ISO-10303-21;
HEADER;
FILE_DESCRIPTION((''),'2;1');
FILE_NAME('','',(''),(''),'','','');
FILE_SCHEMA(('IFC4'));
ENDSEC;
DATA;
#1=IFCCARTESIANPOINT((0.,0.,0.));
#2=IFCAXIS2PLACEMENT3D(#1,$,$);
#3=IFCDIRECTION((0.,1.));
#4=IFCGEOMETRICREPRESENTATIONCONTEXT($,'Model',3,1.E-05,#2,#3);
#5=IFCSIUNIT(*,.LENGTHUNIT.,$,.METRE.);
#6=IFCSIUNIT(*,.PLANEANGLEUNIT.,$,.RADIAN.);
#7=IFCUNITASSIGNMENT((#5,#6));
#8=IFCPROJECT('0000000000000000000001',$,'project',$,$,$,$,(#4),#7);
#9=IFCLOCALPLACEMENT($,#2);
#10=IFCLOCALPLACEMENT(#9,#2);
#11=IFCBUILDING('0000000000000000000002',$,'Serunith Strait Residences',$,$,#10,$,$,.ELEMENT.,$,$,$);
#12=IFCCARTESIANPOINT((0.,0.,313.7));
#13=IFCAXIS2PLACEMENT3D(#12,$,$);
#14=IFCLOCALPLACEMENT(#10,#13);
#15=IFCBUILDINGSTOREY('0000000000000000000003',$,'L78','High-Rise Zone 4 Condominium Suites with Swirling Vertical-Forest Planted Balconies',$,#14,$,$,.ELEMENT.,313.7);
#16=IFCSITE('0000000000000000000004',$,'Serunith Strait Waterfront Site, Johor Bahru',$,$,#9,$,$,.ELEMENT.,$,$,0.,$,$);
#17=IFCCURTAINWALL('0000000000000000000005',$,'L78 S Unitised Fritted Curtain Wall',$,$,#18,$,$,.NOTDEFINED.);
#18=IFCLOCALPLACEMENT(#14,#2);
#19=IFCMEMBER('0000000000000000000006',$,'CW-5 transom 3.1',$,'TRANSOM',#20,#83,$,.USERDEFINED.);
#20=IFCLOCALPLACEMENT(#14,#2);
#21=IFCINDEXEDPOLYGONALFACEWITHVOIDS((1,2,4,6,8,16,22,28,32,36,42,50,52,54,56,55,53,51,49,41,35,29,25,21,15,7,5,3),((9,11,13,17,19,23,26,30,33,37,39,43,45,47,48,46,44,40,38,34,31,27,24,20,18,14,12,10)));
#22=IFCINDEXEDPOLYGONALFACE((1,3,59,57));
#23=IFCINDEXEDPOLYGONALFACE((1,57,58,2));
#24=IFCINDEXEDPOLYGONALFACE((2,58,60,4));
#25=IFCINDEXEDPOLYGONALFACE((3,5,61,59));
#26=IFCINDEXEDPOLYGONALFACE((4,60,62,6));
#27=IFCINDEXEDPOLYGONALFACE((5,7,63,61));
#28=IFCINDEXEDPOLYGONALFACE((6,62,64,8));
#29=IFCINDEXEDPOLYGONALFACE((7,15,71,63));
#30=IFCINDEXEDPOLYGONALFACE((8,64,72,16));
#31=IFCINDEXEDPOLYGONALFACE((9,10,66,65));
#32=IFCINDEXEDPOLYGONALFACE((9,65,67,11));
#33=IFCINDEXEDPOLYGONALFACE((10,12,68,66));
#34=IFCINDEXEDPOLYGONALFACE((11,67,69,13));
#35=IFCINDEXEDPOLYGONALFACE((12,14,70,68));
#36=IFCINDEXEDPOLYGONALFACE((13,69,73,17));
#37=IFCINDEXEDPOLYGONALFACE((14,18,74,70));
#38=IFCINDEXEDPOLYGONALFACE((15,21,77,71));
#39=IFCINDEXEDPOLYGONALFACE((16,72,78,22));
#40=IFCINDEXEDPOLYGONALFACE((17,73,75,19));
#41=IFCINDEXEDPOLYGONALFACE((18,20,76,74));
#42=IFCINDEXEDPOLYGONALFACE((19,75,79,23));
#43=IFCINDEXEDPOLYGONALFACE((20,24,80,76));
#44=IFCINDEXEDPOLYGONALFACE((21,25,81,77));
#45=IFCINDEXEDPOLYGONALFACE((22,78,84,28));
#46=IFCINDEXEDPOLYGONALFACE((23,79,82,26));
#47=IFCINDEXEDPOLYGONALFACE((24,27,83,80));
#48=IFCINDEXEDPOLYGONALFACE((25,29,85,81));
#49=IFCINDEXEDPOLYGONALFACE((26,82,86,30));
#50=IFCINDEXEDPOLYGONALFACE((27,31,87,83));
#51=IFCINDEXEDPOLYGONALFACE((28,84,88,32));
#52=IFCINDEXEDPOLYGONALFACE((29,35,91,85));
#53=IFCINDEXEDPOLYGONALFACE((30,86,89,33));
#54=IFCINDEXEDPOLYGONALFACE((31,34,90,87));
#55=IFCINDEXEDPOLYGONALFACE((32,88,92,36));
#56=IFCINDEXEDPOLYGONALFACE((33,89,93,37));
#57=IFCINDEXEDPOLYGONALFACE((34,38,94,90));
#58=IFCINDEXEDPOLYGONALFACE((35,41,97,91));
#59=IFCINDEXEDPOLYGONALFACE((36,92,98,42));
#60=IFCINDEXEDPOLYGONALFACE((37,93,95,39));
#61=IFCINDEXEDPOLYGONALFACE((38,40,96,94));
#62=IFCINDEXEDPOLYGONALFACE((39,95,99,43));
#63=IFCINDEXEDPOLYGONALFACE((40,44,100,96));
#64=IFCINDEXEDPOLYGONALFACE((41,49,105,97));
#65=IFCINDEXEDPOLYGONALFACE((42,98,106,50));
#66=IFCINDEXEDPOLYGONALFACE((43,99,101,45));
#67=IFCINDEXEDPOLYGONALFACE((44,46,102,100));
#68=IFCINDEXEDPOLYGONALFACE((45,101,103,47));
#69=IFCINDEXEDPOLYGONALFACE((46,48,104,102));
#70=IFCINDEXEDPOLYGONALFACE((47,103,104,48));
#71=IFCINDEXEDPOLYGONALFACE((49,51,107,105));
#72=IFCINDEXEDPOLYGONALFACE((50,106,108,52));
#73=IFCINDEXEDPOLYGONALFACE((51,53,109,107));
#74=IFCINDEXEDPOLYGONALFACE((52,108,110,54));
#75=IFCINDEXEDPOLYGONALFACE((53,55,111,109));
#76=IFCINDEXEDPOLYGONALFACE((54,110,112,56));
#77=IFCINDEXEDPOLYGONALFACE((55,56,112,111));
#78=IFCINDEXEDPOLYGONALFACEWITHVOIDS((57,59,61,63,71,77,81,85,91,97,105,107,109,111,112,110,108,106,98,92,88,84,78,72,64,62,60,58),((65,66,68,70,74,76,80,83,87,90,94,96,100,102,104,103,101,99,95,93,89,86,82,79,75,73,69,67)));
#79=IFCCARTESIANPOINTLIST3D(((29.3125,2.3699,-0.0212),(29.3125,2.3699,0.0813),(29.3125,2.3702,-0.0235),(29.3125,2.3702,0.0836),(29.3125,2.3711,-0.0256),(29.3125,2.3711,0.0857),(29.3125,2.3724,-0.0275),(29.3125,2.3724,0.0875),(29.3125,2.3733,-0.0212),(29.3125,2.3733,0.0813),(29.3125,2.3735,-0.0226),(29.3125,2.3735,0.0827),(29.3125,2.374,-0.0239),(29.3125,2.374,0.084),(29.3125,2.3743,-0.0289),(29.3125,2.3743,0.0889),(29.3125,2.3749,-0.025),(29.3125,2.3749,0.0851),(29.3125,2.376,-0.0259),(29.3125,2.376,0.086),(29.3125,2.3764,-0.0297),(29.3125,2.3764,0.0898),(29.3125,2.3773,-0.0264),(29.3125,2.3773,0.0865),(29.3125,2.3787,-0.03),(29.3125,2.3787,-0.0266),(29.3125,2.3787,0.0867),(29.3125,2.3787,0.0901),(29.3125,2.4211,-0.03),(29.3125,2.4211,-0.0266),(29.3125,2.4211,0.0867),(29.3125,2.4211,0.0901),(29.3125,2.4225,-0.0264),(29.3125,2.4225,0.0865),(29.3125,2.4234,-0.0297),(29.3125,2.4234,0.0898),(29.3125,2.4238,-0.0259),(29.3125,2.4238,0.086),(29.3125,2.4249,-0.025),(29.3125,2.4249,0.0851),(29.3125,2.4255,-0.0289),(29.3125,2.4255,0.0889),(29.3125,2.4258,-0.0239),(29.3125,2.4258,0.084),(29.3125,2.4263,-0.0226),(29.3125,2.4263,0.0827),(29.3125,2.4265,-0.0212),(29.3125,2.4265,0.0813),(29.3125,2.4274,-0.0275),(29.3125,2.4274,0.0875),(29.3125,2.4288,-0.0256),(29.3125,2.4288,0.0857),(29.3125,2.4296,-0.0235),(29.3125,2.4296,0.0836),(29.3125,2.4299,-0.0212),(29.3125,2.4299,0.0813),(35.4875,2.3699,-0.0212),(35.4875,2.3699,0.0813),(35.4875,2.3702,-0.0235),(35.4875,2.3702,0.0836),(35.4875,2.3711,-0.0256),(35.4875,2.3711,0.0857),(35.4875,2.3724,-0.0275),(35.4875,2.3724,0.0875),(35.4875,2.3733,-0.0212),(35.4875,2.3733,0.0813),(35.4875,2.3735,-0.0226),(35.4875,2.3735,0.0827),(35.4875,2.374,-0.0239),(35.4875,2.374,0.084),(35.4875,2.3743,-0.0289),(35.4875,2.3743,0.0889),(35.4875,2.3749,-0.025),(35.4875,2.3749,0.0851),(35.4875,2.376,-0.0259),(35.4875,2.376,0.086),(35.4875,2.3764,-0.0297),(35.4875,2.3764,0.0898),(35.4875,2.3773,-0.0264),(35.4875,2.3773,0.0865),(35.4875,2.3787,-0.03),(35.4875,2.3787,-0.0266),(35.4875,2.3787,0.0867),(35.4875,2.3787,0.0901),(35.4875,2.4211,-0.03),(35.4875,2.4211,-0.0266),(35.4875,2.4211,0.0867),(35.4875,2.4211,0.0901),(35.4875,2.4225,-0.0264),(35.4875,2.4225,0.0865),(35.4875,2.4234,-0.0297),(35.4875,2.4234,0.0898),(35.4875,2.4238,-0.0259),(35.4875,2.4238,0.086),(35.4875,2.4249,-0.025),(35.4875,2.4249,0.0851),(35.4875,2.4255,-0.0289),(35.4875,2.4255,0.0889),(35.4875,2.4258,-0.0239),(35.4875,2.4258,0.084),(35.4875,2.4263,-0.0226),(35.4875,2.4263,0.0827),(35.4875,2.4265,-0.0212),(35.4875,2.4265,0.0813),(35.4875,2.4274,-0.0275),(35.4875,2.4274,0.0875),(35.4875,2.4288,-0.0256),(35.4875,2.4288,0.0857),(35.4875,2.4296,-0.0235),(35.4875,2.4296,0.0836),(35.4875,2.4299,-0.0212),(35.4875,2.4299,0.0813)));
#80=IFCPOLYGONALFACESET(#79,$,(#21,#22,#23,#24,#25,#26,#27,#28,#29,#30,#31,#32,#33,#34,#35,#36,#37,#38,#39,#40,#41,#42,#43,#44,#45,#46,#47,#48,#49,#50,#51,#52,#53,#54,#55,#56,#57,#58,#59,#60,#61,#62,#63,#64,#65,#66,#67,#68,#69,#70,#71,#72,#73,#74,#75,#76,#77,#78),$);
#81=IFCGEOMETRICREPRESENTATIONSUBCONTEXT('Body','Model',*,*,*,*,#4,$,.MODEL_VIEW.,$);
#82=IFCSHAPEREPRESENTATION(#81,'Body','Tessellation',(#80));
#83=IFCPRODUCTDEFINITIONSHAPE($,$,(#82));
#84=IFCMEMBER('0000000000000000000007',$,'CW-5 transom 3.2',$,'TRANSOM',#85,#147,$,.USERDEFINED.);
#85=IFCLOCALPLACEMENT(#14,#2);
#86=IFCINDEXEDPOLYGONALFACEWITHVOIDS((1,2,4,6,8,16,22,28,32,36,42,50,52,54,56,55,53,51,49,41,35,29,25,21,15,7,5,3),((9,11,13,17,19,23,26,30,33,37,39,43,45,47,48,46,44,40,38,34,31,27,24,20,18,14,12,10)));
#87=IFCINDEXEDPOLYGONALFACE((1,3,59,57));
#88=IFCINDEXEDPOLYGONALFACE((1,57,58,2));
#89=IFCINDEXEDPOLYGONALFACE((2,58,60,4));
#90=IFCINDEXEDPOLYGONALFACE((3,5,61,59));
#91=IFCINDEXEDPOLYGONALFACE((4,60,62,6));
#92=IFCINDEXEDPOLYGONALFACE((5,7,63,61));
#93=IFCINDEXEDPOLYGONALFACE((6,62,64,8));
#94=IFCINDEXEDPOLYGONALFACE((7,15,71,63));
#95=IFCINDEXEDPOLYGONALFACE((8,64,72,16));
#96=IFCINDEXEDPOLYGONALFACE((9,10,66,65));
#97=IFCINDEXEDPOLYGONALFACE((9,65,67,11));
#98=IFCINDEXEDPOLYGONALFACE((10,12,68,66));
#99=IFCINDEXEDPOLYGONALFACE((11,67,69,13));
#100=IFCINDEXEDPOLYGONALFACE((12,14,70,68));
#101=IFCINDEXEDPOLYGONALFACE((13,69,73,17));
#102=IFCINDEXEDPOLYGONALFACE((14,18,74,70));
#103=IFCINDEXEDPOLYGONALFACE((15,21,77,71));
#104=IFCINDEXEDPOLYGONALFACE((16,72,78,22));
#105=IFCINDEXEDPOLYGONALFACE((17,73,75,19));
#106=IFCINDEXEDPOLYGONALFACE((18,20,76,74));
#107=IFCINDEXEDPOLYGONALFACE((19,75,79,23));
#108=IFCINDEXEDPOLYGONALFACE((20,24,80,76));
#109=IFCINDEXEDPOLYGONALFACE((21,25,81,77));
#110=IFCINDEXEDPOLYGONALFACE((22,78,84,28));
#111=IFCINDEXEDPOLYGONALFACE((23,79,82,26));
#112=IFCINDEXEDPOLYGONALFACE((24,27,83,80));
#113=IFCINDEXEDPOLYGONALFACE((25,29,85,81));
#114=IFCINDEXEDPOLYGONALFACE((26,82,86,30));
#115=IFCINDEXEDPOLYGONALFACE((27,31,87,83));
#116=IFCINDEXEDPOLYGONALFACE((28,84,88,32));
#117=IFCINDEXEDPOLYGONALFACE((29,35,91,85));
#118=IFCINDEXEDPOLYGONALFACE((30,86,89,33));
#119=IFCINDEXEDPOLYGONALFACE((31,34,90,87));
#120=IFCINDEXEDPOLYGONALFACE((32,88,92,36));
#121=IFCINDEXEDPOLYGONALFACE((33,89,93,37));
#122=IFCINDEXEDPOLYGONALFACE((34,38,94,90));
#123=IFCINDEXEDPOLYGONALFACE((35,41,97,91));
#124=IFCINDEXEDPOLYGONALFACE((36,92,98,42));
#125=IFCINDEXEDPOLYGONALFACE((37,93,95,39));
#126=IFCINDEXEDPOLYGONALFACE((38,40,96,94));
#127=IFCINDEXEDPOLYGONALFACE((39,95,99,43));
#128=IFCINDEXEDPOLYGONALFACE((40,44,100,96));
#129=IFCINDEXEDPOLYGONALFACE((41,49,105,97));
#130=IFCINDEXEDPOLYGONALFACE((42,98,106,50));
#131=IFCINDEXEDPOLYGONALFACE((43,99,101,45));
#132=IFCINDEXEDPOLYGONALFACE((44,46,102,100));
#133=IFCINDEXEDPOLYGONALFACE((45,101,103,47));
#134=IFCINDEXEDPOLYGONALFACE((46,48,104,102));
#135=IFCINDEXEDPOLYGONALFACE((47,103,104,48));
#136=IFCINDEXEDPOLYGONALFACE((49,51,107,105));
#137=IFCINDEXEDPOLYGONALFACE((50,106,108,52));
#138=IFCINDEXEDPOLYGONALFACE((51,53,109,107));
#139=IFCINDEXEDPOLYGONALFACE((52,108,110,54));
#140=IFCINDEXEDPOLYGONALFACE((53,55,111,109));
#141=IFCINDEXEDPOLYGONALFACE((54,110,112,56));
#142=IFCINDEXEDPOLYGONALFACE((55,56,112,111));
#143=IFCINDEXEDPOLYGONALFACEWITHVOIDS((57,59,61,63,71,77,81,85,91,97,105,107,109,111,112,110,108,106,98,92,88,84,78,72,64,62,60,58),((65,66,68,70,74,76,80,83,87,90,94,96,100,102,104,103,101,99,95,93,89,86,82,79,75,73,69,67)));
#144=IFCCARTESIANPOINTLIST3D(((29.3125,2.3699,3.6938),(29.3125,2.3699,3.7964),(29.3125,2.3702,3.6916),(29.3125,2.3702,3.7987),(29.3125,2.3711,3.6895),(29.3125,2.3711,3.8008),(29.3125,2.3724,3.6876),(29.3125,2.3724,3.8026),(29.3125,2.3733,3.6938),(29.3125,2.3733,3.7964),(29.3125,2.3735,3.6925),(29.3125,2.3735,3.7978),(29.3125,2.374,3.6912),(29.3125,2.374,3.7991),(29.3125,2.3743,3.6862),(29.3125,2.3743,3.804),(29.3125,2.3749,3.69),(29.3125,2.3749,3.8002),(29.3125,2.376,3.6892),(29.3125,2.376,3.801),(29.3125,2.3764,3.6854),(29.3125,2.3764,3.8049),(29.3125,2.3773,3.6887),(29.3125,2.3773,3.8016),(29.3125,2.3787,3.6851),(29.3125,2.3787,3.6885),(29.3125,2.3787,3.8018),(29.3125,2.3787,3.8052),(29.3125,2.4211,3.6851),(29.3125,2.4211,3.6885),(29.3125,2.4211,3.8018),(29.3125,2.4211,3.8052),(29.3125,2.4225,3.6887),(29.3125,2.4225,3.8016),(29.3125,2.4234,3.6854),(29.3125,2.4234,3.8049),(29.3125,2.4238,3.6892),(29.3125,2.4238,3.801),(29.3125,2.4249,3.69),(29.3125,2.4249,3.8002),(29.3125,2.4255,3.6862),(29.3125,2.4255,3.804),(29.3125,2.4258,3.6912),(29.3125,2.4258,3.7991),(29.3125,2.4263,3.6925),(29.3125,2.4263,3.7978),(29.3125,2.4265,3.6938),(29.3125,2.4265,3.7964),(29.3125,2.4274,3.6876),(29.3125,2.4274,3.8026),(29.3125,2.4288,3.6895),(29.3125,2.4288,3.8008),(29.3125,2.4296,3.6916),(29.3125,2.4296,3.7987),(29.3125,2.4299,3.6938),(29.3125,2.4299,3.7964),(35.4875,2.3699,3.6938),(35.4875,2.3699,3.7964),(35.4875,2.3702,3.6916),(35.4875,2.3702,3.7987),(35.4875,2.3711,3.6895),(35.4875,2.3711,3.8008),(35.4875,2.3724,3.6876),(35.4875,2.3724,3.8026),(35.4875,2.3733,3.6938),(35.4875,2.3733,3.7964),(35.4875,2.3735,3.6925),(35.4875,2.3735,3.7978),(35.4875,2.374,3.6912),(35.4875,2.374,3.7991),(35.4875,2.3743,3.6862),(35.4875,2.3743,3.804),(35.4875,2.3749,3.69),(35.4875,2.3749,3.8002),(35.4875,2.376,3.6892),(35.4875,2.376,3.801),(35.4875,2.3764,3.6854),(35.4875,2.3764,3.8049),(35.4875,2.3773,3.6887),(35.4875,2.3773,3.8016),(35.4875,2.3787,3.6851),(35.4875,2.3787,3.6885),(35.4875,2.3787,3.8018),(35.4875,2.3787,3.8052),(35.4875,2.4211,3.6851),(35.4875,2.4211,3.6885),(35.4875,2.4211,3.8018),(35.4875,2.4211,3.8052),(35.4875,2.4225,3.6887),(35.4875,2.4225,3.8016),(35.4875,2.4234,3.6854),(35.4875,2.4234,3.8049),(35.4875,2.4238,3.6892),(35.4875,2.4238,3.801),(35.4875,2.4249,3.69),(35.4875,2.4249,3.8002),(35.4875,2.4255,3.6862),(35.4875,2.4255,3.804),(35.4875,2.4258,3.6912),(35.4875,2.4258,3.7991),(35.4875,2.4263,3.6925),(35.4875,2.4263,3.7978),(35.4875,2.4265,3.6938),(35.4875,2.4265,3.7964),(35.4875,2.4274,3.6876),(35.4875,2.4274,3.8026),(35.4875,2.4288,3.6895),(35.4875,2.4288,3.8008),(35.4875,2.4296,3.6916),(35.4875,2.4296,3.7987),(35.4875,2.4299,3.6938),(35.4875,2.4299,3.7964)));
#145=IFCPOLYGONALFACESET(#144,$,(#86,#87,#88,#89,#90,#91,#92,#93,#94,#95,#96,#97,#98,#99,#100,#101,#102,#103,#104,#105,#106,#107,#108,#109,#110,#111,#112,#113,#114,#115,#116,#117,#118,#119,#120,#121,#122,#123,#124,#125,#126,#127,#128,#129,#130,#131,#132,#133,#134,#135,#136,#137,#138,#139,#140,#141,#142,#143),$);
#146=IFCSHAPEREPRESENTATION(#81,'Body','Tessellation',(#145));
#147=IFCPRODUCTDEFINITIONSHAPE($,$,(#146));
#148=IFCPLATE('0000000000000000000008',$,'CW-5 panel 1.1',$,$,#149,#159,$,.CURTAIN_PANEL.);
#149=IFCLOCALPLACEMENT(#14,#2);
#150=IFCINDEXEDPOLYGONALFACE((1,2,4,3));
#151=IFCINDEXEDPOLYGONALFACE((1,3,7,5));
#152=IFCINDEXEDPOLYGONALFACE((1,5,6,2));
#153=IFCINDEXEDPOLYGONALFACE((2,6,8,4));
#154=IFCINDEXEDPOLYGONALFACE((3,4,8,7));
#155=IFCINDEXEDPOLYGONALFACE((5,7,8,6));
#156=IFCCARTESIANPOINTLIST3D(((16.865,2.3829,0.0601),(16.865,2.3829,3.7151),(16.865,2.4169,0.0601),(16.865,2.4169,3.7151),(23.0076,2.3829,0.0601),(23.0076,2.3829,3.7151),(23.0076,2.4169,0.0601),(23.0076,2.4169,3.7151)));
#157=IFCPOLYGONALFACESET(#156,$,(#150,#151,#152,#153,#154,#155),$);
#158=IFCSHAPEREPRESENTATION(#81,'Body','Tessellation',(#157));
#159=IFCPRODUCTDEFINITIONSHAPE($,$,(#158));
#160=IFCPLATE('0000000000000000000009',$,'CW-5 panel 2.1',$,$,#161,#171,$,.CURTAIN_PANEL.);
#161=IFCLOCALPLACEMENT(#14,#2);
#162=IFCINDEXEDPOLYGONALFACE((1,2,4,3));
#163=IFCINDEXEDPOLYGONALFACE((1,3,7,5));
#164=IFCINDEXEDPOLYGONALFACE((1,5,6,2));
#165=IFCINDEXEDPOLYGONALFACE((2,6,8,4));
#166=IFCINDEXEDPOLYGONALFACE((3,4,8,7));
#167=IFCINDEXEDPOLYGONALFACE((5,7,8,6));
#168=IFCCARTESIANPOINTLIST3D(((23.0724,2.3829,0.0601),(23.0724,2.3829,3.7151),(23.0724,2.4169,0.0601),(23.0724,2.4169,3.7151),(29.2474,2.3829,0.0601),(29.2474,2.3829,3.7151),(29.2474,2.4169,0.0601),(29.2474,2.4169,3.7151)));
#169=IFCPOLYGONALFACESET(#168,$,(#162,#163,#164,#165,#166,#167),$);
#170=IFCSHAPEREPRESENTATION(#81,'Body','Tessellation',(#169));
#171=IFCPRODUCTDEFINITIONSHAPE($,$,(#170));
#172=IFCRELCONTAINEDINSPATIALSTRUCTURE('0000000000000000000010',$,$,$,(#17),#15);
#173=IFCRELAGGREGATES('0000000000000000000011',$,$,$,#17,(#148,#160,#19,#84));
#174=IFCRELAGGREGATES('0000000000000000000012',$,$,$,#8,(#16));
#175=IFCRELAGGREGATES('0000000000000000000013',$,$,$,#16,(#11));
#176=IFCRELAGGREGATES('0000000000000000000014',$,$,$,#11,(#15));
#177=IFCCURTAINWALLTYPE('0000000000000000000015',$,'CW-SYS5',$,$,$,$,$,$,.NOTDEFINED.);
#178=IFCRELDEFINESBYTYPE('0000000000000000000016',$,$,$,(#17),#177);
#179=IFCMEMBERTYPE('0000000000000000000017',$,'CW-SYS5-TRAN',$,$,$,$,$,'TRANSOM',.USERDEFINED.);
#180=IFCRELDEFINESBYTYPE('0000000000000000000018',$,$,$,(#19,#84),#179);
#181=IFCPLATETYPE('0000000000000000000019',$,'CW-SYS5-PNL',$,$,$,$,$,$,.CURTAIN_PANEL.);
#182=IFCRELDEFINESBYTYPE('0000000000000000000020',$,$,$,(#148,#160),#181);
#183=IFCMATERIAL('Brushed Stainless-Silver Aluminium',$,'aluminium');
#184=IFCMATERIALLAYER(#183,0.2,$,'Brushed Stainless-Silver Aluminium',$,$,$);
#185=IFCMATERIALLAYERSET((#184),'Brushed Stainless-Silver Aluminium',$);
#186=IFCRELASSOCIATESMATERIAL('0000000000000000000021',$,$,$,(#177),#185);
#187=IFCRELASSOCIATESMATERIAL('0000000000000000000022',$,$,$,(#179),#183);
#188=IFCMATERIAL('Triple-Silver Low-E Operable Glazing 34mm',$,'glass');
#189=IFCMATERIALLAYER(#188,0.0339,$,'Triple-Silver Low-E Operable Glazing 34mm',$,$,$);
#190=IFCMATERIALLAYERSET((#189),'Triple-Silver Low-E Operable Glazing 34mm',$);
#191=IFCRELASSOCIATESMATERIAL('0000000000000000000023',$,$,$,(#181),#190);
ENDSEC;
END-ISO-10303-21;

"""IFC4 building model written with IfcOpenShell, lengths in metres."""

from ifc_helpers import new_model, si_unit, direction, frame, origin, origin_2d, place, context, subcontext, project, spatial, rectangle, hollow_rectangle, extrude, source, transform, mapped, material, layer, layer_set, material_profile, profile_set, type_object, element, aggregate, save


model = new_model("IFC4")

# Units and contexts
model_context = context("Model", 3, precision=1e-05, world=origin(), true_north=direction((0.0, 1.0)))
body_context = subcontext(model_context, "Body", "Model", "MODEL_VIEW")
ifc_project = project(units=[si_unit("LENGTHUNIT", "METRE"), si_unit("PLANEANGLEUNIT", "RADIAN")], contexts=[model_context])

# Site, building, storey
site_placement = place(None, origin())
site = spatial("IfcSite", under=ifc_project, at=site_placement, Name="Serunith Strait Waterfront Site, Johor Bahru", CompositionType="ELEMENT", RefElevation=0.0)
building_placement = place(site_placement, origin())
building = spatial("IfcBuilding", under=site, at=building_placement, Name="Serunith Strait Residences", CompositionType="ELEMENT")
storey_placement = place(building_placement, frame((0.0, 0.0, 313.7)))
storey = spatial("IfcBuildingStorey", under=building, at=storey_placement, Name="L78", Description="High-Rise Zone 4 Condominium Suites with Swirling Vertical-Forest Planted Balconies", CompositionType="ELEMENT", Elevation=313.7)

# Curtain wall, members, plates
ifc_material_1 = material(Name="Brushed Stainless-Silver Aluminium", Category="aluminium")
ifc_layer_1 = layer(ifc_material_1, 0.2, Name="Brushed Stainless-Silver Aluminium")
ifc_layer_set_1 = layer_set([ifc_layer_1], Name="Brushed Stainless-Silver Aluminium")
curtain_wall_type = type_object("IfcCurtainWallType", Name="CW-SYS5", PredefinedType="NOTDEFINED", material=ifc_layer_set_1)
curtain_wall_placement = place(storey_placement, origin())
curtain_wall = element("IfcCurtainWall", 1, at=curtain_wall_placement, inside=storey, type_object=curtain_wall_type, Name="L78 S Unitised Fritted Curtain Wall", PredefinedType="NOTDEFINED")
ifc_material_profile_1 = material_profile(ifc_material_1, hollow_rectangle(XDim=0.0601, YDim=0.1201, WallThickness=0.0034, InnerFilletRadius=0.0054, OuterFilletRadius=0.0088, at=origin_2d()), Name="ALU 120x60x3.5")
ifc_profile_set_1 = profile_set([ifc_material_profile_1], Name="Brushed Stainless-Silver Aluminium")
member_type_1 = type_object("IfcMemberType", Name="CW-SYS5-TRAN", ElementType="TRANSOM", PredefinedType="USERDEFINED", material=ifc_profile_set_1)
shared_shape_1 = source(origin(), body_context, "Body", "SweptSolid", [
    extrude(hollow_rectangle(XDim=0.0601, YDim=0.1201, WallThickness=0.0034, InnerFilletRadius=0.0054, OuterFilletRadius=0.0088, at=origin_2d()), origin(), (0.0, 0.0, 1.0), 6.175),
])
member_1_placement = place(storey_placement, frame((29.3125, 2.3999, 0.03), z_axis=(1.0, 0.0, 0.0), x_axis=(0.0, 1.0, 0.0)))
member_1 = element("IfcMember", 2, at=member_1_placement, type_object=member_type_1, Name="CW-5 transom 3.1", ObjectType="TRANSOM", PredefinedType="USERDEFINED", context=body_context, shape_type="MappedRepresentation", body=[
    mapped(shared_shape_1, transform((0.0, 0.0, 0.0), scale=1.0)),
])
member_2_placement = place(storey_placement, frame((29.3125, 2.3999, 3.7451), z_axis=(1.0, 0.0, 0.0), x_axis=(0.0, 1.0, 0.0)))
member_2 = element("IfcMember", 3, at=member_2_placement, type_object=member_type_1, Name="CW-5 transom 3.2", ObjectType="TRANSOM", PredefinedType="USERDEFINED", context=body_context, shape_type="MappedRepresentation", body=[
    mapped(shared_shape_1, transform((0.0, 0.0, 0.0), scale=1.0)),
])
ifc_material_2 = material(Name="Triple-Silver Low-E Operable Glazing 34mm", Category="glass")
ifc_layer_2 = layer(ifc_material_2, 0.0339, Name="Triple-Silver Low-E Operable Glazing 34mm")
ifc_layer_set_2 = layer_set([ifc_layer_2], Name="Triple-Silver Low-E Operable Glazing 34mm")
plate_type = type_object("IfcPlateType", Name="CW-SYS5-PNL", PredefinedType="CURTAIN_PANEL", material=ifc_layer_set_2)
shared_shape_2 = source(origin(), body_context, "Body", "SweptSolid", [
    extrude(rectangle(XDim=6.1426, YDim=0.0339, at=origin_2d()), origin(), (0.0, 0.0, 1.0), 3.655),
])
plate_1_placement = place(storey_placement, frame((19.9363, 2.3999, 0.0601), z_axis=(0.0, 0.0, 1.0), x_axis=(1.0, 0.0, 0.0)))
plate_1 = element("IfcPlate", 4, at=plate_1_placement, type_object=plate_type, Name="CW-5 panel 1.1", PredefinedType="CURTAIN_PANEL", context=body_context, shape_type="MappedRepresentation", body=[
    mapped(shared_shape_2, transform((0.0, 0.0, 0.0), scale=1.0)),
])
shared_shape_3 = source(origin(), body_context, "Body", "SweptSolid", [
    extrude(rectangle(XDim=6.175, YDim=0.0339, at=origin_2d()), origin(), (0.0, 0.0, 1.0), 3.655),
])
plate_2_placement = place(storey_placement, frame((26.1599, 2.3999, 0.0601), z_axis=(0.0, 0.0, 1.0), x_axis=(1.0, 0.0, 0.0)))
plate_2 = element("IfcPlate", 5, at=plate_2_placement, type_object=plate_type, Name="CW-5 panel 2.1", PredefinedType="CURTAIN_PANEL", context=body_context, shape_type="MappedRepresentation", body=[
    mapped(shared_shape_3, transform((0.0, 0.0, 0.0), scale=1.0)),
])
aggregate(curtain_wall, [plate_1, plate_2, member_1, member_2])

save(model, "model.ifc")
